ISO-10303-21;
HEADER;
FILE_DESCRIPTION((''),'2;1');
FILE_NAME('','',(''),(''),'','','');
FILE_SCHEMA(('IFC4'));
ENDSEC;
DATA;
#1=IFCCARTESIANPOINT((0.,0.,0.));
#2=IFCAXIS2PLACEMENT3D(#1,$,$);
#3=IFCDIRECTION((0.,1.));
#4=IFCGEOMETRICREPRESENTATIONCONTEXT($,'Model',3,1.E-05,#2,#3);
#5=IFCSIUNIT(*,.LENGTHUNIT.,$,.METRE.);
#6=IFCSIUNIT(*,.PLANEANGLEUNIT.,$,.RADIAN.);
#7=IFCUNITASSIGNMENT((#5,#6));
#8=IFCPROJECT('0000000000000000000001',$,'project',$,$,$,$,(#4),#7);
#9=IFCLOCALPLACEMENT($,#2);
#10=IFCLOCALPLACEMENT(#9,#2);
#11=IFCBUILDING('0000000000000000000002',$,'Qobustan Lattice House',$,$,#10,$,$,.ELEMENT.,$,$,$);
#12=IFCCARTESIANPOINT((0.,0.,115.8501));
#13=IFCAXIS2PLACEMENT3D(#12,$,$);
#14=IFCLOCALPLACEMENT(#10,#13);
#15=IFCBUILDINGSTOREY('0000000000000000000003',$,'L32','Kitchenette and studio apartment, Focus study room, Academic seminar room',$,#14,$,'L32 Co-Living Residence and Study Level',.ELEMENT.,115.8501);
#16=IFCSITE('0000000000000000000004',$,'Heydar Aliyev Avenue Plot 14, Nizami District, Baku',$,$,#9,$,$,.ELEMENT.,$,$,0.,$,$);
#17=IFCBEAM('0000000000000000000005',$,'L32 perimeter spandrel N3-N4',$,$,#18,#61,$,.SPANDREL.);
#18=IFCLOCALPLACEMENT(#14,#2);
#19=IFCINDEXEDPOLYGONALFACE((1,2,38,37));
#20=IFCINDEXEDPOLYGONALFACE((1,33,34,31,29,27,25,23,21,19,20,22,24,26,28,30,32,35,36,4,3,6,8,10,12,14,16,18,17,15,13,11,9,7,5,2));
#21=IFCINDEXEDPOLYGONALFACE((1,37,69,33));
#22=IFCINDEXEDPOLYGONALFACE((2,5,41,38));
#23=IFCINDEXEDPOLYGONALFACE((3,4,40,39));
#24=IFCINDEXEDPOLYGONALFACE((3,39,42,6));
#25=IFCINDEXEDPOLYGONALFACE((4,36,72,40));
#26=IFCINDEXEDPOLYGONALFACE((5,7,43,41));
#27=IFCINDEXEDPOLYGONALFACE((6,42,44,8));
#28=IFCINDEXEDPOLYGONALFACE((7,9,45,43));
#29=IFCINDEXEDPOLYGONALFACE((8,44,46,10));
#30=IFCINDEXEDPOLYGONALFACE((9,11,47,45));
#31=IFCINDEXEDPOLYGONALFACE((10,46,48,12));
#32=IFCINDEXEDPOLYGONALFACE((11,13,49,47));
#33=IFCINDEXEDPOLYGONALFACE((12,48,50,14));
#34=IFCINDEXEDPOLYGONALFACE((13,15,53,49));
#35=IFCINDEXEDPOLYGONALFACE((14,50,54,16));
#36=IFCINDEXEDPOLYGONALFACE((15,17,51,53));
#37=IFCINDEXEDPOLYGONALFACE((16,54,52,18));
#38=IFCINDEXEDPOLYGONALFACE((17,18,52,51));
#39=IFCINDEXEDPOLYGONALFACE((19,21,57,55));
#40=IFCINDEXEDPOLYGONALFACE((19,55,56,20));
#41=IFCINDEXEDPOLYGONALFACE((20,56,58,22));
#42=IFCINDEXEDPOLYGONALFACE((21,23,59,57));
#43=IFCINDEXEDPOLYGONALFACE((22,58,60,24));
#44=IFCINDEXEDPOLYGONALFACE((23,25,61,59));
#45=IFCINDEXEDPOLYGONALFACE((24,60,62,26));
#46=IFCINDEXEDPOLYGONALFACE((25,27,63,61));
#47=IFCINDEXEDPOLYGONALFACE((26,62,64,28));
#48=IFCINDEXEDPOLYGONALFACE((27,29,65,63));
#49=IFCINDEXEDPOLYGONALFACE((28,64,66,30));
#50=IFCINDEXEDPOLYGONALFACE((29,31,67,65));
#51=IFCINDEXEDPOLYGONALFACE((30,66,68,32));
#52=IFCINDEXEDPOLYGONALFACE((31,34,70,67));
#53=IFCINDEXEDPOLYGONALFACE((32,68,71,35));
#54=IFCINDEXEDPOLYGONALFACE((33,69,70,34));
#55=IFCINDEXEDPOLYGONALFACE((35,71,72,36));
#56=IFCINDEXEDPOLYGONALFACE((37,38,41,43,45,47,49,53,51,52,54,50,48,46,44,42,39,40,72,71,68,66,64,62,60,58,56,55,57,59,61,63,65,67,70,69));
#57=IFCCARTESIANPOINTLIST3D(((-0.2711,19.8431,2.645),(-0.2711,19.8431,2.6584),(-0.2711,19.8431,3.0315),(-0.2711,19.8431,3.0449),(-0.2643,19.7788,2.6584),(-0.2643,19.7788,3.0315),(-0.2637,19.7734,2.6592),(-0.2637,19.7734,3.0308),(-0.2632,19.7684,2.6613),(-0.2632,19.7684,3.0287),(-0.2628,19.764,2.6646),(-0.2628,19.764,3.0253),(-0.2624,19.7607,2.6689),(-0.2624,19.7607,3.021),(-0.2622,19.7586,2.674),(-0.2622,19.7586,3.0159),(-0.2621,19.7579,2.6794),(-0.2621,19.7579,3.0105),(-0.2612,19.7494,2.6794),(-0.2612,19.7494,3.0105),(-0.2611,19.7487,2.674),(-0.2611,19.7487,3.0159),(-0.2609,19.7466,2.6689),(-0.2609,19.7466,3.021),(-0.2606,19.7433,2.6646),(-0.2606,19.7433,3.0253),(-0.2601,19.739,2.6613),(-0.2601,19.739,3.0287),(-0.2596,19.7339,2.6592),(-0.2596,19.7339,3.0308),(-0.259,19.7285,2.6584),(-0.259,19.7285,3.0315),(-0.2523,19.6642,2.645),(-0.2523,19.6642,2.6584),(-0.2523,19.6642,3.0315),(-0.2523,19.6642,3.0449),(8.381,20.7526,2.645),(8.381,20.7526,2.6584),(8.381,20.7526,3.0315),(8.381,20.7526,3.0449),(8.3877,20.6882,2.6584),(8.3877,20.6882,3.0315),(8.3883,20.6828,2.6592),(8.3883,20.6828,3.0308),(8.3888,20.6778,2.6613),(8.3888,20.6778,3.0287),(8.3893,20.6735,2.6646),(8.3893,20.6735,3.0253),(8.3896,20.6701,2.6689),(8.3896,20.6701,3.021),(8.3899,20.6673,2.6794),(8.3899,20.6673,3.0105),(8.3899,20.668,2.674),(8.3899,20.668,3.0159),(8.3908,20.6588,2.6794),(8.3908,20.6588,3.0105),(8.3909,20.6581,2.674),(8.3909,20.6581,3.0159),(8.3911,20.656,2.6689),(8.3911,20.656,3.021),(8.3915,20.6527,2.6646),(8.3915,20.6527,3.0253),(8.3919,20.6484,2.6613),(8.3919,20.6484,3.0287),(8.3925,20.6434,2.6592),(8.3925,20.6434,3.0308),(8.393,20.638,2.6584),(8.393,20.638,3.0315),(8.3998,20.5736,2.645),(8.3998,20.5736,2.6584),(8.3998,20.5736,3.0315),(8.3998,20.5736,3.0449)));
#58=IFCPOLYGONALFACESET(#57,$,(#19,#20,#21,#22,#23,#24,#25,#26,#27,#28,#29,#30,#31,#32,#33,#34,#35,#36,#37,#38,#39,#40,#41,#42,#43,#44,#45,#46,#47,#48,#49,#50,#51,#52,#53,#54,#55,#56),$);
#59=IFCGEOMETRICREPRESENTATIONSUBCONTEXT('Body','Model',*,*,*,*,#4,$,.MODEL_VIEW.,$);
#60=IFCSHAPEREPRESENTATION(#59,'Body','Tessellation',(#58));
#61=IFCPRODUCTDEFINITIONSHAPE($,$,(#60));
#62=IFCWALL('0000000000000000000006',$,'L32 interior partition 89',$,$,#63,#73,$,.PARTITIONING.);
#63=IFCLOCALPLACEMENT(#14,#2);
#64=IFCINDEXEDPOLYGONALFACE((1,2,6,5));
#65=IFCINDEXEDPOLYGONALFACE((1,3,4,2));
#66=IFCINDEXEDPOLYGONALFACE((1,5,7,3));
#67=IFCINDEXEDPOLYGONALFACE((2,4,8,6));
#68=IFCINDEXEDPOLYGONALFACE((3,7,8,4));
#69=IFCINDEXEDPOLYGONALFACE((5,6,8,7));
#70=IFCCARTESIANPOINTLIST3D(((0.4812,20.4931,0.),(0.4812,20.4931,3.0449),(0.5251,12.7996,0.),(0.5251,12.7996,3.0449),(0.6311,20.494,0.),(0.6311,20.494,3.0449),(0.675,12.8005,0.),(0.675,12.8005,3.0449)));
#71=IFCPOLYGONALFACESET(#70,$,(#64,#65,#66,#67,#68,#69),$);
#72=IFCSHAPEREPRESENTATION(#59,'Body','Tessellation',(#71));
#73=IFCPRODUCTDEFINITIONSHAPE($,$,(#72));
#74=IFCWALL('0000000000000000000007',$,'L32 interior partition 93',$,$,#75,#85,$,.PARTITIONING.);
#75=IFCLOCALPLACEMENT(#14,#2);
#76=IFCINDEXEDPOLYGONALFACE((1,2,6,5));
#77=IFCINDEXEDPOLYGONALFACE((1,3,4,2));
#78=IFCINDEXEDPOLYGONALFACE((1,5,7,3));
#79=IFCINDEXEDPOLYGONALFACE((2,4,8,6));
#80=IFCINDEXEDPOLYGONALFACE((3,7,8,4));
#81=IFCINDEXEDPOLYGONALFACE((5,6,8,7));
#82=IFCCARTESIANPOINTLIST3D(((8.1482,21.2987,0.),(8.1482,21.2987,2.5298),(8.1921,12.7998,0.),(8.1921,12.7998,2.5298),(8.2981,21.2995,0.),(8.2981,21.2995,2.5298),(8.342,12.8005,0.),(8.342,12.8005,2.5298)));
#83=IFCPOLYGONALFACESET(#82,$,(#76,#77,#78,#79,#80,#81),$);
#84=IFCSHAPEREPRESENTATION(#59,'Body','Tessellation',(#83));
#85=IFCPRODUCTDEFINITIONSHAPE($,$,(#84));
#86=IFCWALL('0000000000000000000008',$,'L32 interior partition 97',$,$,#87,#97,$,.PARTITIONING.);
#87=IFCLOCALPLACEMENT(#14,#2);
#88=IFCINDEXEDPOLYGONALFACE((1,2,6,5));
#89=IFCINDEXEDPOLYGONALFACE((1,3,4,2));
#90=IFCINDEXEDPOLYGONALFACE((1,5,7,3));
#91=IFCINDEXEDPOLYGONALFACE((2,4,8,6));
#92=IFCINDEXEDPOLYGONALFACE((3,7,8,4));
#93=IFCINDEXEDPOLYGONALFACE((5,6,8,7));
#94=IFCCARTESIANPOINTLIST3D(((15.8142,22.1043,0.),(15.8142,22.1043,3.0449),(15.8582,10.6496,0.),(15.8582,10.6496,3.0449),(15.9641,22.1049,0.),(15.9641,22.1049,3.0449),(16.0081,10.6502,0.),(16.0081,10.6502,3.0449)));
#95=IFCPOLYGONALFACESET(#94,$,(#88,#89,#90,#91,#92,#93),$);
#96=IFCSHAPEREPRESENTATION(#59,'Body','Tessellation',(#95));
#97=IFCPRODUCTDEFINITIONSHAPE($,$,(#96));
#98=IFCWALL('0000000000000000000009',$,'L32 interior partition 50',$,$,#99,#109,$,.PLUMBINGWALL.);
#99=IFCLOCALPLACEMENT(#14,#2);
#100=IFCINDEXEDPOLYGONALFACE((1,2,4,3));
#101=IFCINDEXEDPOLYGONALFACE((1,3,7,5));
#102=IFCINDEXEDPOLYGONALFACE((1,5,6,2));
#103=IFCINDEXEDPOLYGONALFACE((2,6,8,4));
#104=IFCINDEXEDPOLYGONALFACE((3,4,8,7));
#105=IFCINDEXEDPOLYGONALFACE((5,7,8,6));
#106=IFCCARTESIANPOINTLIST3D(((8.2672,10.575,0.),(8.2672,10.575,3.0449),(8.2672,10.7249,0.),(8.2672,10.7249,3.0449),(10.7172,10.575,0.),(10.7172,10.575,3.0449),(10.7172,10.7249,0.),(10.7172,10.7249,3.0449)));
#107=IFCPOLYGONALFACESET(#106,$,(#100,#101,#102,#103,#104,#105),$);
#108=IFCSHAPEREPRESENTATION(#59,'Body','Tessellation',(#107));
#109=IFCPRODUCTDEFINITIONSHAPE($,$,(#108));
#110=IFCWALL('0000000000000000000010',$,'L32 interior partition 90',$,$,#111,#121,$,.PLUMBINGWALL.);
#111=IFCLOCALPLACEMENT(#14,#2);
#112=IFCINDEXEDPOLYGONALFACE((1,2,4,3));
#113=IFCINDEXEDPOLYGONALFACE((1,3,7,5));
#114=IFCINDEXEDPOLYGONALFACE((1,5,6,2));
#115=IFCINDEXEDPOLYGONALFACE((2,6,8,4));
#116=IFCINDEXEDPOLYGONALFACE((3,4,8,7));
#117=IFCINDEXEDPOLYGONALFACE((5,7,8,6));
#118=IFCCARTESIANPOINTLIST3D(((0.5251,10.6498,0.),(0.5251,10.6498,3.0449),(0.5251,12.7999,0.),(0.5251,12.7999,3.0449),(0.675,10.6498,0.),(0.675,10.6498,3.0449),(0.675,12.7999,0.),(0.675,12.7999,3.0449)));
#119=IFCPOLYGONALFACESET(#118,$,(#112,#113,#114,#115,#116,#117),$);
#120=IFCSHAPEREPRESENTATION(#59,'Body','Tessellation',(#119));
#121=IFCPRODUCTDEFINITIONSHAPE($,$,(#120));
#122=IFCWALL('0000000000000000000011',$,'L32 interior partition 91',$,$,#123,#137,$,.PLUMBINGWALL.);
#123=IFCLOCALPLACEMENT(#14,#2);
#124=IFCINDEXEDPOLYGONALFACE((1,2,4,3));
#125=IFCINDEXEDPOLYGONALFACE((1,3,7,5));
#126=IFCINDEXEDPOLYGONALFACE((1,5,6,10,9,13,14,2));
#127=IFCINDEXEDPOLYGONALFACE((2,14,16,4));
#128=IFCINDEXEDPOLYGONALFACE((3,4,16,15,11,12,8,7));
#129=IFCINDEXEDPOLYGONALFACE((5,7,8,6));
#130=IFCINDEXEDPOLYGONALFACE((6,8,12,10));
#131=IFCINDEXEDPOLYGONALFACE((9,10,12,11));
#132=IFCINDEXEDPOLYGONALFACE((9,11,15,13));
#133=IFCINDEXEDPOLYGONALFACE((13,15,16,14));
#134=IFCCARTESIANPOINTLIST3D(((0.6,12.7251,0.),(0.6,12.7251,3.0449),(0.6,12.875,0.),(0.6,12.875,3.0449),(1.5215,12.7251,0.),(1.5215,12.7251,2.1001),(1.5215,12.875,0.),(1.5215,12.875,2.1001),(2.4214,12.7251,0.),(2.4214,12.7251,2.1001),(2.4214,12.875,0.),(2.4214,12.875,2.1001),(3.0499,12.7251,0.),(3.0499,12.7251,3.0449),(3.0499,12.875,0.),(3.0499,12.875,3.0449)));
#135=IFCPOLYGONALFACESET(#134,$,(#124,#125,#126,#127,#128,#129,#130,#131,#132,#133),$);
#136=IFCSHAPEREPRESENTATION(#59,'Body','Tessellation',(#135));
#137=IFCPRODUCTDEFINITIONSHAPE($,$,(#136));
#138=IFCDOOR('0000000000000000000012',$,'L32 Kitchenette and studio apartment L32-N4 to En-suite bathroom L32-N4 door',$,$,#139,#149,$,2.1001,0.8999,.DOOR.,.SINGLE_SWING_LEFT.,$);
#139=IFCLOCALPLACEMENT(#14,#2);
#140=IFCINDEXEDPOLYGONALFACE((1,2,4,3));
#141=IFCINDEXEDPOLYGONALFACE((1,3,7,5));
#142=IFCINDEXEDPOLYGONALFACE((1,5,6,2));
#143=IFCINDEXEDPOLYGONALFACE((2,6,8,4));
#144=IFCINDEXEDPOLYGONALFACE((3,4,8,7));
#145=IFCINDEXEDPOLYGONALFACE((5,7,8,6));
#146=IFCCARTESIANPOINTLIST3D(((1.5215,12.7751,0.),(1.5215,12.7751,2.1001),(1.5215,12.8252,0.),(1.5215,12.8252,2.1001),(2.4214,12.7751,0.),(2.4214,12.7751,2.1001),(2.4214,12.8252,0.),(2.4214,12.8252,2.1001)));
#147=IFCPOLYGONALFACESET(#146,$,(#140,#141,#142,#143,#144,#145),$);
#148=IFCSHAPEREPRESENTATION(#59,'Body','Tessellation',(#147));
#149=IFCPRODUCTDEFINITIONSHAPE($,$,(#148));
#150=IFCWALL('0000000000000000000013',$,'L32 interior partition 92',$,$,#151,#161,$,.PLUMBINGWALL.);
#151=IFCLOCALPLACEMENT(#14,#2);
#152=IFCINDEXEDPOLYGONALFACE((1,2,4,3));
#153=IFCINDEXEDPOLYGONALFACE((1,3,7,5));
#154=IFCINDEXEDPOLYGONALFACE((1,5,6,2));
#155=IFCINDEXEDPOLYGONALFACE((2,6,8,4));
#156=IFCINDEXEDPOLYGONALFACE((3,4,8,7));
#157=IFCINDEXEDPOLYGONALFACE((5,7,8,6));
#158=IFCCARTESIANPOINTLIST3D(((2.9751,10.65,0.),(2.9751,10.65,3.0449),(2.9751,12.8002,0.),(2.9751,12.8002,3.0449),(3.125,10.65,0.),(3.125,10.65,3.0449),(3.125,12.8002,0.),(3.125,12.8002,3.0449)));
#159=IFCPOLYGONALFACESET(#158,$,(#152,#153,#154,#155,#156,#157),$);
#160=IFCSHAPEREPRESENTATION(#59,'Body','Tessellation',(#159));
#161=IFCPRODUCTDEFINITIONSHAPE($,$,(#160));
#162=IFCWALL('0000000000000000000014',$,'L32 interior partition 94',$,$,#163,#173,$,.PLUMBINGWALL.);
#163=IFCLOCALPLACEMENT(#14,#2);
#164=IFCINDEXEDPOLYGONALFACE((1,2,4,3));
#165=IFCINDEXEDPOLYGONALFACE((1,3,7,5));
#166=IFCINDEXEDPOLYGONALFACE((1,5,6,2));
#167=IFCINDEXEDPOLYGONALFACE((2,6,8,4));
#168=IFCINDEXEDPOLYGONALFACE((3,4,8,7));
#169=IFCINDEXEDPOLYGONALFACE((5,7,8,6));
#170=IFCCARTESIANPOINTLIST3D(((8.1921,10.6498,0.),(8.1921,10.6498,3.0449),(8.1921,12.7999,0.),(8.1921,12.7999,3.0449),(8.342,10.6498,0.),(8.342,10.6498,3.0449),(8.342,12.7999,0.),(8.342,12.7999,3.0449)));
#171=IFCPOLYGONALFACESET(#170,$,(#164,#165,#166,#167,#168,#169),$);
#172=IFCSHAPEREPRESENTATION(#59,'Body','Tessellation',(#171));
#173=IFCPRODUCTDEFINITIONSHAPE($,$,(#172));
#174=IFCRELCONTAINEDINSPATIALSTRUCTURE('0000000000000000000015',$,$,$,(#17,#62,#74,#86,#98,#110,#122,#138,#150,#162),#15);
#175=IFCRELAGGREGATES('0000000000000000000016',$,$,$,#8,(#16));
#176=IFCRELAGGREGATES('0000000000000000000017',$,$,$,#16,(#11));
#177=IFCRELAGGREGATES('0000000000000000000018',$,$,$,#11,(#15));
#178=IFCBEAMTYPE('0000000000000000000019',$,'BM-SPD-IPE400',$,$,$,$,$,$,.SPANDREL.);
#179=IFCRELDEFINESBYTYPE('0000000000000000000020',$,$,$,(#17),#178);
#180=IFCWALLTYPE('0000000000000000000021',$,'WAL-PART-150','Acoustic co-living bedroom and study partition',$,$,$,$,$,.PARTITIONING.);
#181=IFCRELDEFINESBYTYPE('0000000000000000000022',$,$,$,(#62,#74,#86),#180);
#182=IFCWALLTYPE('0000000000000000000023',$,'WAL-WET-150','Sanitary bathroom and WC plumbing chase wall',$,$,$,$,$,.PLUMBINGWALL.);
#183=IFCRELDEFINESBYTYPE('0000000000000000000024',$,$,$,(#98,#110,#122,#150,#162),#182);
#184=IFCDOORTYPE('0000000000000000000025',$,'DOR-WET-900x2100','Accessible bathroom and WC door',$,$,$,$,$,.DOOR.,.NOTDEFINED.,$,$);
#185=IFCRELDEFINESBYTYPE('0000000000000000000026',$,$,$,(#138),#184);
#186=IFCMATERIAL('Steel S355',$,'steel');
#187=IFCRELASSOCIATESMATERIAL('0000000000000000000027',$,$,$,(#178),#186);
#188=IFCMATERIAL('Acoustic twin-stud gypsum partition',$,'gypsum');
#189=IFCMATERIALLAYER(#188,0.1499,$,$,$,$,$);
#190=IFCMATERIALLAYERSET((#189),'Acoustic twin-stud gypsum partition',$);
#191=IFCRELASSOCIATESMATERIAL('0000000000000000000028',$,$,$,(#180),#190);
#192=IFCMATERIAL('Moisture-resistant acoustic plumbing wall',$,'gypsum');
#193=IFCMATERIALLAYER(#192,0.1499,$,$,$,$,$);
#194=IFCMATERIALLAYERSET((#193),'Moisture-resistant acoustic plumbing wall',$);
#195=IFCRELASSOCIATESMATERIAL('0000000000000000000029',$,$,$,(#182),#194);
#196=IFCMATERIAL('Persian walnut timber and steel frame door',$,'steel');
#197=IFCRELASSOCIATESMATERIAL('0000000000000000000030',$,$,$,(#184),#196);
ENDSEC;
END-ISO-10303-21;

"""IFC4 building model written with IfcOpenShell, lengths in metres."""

from ifc_helpers import new_model, si_unit, direction, frame, frame_2d, origin, origin_2d, place, context, subcontext, project, spatial, rectangle, i_section, extrude, material, layer, layer_set, material_profile, profile_set, type_object, element, fill, save


model = new_model("IFC4")

# Units and contexts
model_context = context("Model", 3, precision=1e-05, world=origin(), true_north=direction((0.0, 1.0)))
body_context = subcontext(model_context, "Body", "Model", "MODEL_VIEW")
ifc_project = project(units=[si_unit("LENGTHUNIT", "METRE"), si_unit("PLANEANGLEUNIT", "RADIAN")], contexts=[model_context])

# Site, building, storey
site_placement = place(None, origin())
site = spatial("IfcSite", under=ifc_project, at=site_placement, Name="Heydar Aliyev Avenue Plot 14, Nizami District, Baku", CompositionType="ELEMENT", RefElevation=0.0)
building_placement = place(site_placement, origin())
building = spatial("IfcBuilding", under=site, at=building_placement, Name="Qobustan Lattice House", CompositionType="ELEMENT")
storey_placement = place(building_placement, frame((0.0, 0.0, 115.8501)))
storey = spatial("IfcBuildingStorey", under=building, at=storey_placement, Name="L32", Description="Kitchenette and studio apartment, Focus study room, Academic seminar room", LongName="L32 Co-Living Residence and Study Level", CompositionType="ELEMENT", Elevation=115.8501)

# Beam
ifc_material_1 = material(Name="Steel S355", Category="steel")
ifc_material_profile_1 = material_profile(ifc_material_1, i_section(OverallWidth=0.1799, OverallDepth=0.3999, WebThickness=0.0085, FlangeThickness=0.0134, FilletRadius=0.021, at=origin_2d()), Name="IPE400")
ifc_profile_set_1 = profile_set([ifc_material_profile_1], Name="Steel S355")
beam_type_1 = type_object("IfcBeamType", Name="BM-SPD-IPE400", PredefinedType="SPANDREL", material=ifc_profile_set_1)
beam_1_placement = place(storey_placement, frame((8.3904, 20.6631, 2.845), z_axis=(-0.994521, -0.104534, 0.0), x_axis=(0.104534, -0.994521, 0.0)))
element("IfcBeam", 1, at=beam_1_placement, inside=storey, type_object=beam_type_1, Name="L32 perimeter spandrel N3-N4", PredefinedType="SPANDREL", context=body_context, shape_type="SweptSolid", body=[
    extrude(i_section(OverallWidth=0.1799, OverallDepth=0.3999, WebThickness=0.0085, FlangeThickness=0.0134, FilletRadius=0.021, at=origin_2d()), origin(), (0.0, 0.0, 1.0), 8.6997),
])

# Shared definitions
ifc_material_2 = material(Name="Acoustic twin-stud gypsum partition", Category="gypsum")
ifc_layer_1 = layer(ifc_material_2, 0.1499)
ifc_layer_set_1 = layer_set([ifc_layer_1], Name="Acoustic twin-stud gypsum partition")
wall_type_1 = type_object("IfcWallType", Name="WAL-PART-150", Description="Acoustic co-living bedroom and study partition", PredefinedType="PARTITIONING", material=ifc_layer_set_1)

# Walls
wall_1_placement = place(storey_placement, frame((0.5562, 20.4934, 0.0), z_axis=(0.0, 0.0, 1.0), x_axis=(0.005712, -0.999984, 0.0)))
element("IfcWall", 2, at=wall_1_placement, inside=storey, type_object=wall_type_1, Name="L32 interior partition 89", PredefinedType="PARTITIONING", context=body_context, shape_type="SweptSolid", body=[
    extrude(rectangle(XDim=7.6936, YDim=0.1499, at=frame_2d((3.8467, 0.0))), origin(), (0.0, 0.0, 1.0), 3.0449),
])
wall_2_placement = place(storey_placement, frame((8.2231, 21.2991, 0.0), z_axis=(0.0, 0.0, 1.0), x_axis=(0.005171, -0.999987, 0.0)))
element("IfcWall", 3, at=wall_2_placement, inside=storey, type_object=wall_type_1, Name="L32 interior partition 93", PredefinedType="PARTITIONING", context=body_context, shape_type="SweptSolid", body=[
    extrude(rectangle(XDim=8.499, YDim=0.1499, at=frame_2d((4.2495, 0.0))), origin(), (0.0, 0.0, 1.0), 2.5298),
])
wall_3_placement = place(storey_placement, frame((15.8892, 22.1047, 0.0), z_axis=(0.0, 0.0, 1.0), x_axis=(0.003836, -0.999993, 0.0)))
element("IfcWall", 4, at=wall_3_placement, inside=storey, type_object=wall_type_1, Name="L32 interior partition 97", PredefinedType="PARTITIONING", context=body_context, shape_type="SweptSolid", body=[
    extrude(rectangle(XDim=11.4548, YDim=0.1499, at=frame_2d((5.7275, 0.0))), origin(), (0.0, 0.0, 1.0), 3.0449),
])
ifc_material_3 = material(Name="Moisture-resistant acoustic plumbing wall", Category="gypsum")
ifc_layer_2 = layer(ifc_material_3, 0.1499)
ifc_layer_set_2 = layer_set([ifc_layer_2], Name="Moisture-resistant acoustic plumbing wall")
wall_type_2 = type_object("IfcWallType", Name="WAL-WET-150", Description="Sanitary bathroom and WC plumbing chase wall", PredefinedType="PLUMBINGWALL", material=ifc_layer_set_2)
wall_4_placement = place(storey_placement, frame((8.2671, 10.6499, 0.0), z_axis=(0.0, 0.0, 1.0), x_axis=(1.0, 0.0, 0.0)))
element("IfcWall", 5, at=wall_4_placement, inside=storey, type_object=wall_type_2, Name="L32 interior partition 50", PredefinedType="PLUMBINGWALL", context=body_context, shape_type="SweptSolid", body=[
    extrude(rectangle(XDim=2.45, YDim=0.1499, at=frame_2d((1.2251, 0.0))), origin(), (0.0, 0.0, 1.0), 3.0449),
])
wall_5_placement = place(storey_placement, frame((0.6001, 12.8, 0.0), z_axis=(0.0, 0.0, 1.0), x_axis=(0.0, -1.0, 0.0)))
element("IfcWall", 6, at=wall_5_placement, inside=storey, type_object=wall_type_2, Name="L32 interior partition 90", PredefinedType="PLUMBINGWALL", context=body_context, shape_type="SweptSolid", body=[
    extrude(rectangle(XDim=2.1501, YDim=0.1499, at=frame_2d((1.0752, 0.0))), origin(), (0.0, 0.0, 1.0), 3.0449),
])

# Wall, opening, door
wall_6_placement = place(storey_placement, frame((3.05, 12.8, 0.0), z_axis=(0.0, 0.0, 1.0), x_axis=(-1.0, 0.0, 0.0)))
wall_6 = element("IfcWall", 7, at=wall_6_placement, inside=storey, type_object=wall_type_2, Name="L32 interior partition 91", PredefinedType="PLUMBINGWALL", context=body_context, shape_type="SweptSolid", body=[
    extrude(rectangle(XDim=2.45, YDim=0.1499, at=frame_2d((1.2251, 0.0))), origin(), (0.0, 0.0, 1.0), 3.0449),
])
opening_1_placement = place(wall_6_placement, frame((0.6287, 0.0, 0.0)))
opening_1 = element("IfcOpeningElement", 8, at=opening_1_placement, cuts=wall_6, PredefinedType="OPENING", context=body_context, shape_type="SweptSolid", body=[
    extrude(rectangle(XDim=0.8999, YDim=2.1001, at=frame_2d((0.45, 1.05))), frame((0.0, 0.085, 0.0), z_axis=(0.0, -1.0, 0.0), x_axis=(1.0, 0.0, 0.0)), (0.0, 0.0, 1.0), 0.1699),
])
ifc_material_4 = material(Name="Persian walnut timber and steel frame door", Category="steel")
door_type_1 = type_object("IfcDoorType", Name="DOR-WET-900x2100", Description="Accessible bathroom and WC door", OperationType="NOTDEFINED", PredefinedType="DOOR", material=ifc_material_4)
door_1_placement = place(opening_1_placement, origin())
door_1 = element("IfcDoor", 9, at=door_1_placement, inside=storey, type_object=door_type_1, Name="L32 Kitchenette and studio apartment L32-N4 to En-suite bathroom L32-N4 door", OperationType="SINGLE_SWING_LEFT", OverallHeight=2.1001, OverallWidth=0.8999, PredefinedType="DOOR", context=body_context, shape_type="SweptSolid", body=[
    extrude(rectangle(XDim=0.8999, YDim=2.1001, at=frame_2d((0.45, 1.05))), frame((0.0, 0.0249, 0.0), z_axis=(0.0, -1.0, 0.0), x_axis=(1.0, 0.0, 0.0)), (0.0, 0.0, 1.0), 0.05),
])
fill(opening_1, door_1)

# Walls
for number, where, z_axis, x_axis, name in (
    (10, (3.05, 10.6499, 0.0), (0.0, 0.0, 1.0), (0.0, 1.0, 0.0), "L32 interior partition 92"),
    (11, (8.2671, 12.8, 0.0), (0.0, 0.0, 1.0), (0.0, -1.0, 0.0), "L32 interior partition 94"),
):
    element("IfcWall", number, at=place(storey_placement, frame(where, z_axis=z_axis, x_axis=x_axis)), inside=storey, type_object=wall_type_2, Name=name, PredefinedType="PLUMBINGWALL", context=body_context, shape_type="SweptSolid", body=[
        extrude(rectangle(XDim=2.1501, YDim=0.1499, at=frame_2d((1.0752, 0.0))), origin(), (0.0, 0.0, 1.0), 3.0449),
    ])

save(model, "model.ifc")
